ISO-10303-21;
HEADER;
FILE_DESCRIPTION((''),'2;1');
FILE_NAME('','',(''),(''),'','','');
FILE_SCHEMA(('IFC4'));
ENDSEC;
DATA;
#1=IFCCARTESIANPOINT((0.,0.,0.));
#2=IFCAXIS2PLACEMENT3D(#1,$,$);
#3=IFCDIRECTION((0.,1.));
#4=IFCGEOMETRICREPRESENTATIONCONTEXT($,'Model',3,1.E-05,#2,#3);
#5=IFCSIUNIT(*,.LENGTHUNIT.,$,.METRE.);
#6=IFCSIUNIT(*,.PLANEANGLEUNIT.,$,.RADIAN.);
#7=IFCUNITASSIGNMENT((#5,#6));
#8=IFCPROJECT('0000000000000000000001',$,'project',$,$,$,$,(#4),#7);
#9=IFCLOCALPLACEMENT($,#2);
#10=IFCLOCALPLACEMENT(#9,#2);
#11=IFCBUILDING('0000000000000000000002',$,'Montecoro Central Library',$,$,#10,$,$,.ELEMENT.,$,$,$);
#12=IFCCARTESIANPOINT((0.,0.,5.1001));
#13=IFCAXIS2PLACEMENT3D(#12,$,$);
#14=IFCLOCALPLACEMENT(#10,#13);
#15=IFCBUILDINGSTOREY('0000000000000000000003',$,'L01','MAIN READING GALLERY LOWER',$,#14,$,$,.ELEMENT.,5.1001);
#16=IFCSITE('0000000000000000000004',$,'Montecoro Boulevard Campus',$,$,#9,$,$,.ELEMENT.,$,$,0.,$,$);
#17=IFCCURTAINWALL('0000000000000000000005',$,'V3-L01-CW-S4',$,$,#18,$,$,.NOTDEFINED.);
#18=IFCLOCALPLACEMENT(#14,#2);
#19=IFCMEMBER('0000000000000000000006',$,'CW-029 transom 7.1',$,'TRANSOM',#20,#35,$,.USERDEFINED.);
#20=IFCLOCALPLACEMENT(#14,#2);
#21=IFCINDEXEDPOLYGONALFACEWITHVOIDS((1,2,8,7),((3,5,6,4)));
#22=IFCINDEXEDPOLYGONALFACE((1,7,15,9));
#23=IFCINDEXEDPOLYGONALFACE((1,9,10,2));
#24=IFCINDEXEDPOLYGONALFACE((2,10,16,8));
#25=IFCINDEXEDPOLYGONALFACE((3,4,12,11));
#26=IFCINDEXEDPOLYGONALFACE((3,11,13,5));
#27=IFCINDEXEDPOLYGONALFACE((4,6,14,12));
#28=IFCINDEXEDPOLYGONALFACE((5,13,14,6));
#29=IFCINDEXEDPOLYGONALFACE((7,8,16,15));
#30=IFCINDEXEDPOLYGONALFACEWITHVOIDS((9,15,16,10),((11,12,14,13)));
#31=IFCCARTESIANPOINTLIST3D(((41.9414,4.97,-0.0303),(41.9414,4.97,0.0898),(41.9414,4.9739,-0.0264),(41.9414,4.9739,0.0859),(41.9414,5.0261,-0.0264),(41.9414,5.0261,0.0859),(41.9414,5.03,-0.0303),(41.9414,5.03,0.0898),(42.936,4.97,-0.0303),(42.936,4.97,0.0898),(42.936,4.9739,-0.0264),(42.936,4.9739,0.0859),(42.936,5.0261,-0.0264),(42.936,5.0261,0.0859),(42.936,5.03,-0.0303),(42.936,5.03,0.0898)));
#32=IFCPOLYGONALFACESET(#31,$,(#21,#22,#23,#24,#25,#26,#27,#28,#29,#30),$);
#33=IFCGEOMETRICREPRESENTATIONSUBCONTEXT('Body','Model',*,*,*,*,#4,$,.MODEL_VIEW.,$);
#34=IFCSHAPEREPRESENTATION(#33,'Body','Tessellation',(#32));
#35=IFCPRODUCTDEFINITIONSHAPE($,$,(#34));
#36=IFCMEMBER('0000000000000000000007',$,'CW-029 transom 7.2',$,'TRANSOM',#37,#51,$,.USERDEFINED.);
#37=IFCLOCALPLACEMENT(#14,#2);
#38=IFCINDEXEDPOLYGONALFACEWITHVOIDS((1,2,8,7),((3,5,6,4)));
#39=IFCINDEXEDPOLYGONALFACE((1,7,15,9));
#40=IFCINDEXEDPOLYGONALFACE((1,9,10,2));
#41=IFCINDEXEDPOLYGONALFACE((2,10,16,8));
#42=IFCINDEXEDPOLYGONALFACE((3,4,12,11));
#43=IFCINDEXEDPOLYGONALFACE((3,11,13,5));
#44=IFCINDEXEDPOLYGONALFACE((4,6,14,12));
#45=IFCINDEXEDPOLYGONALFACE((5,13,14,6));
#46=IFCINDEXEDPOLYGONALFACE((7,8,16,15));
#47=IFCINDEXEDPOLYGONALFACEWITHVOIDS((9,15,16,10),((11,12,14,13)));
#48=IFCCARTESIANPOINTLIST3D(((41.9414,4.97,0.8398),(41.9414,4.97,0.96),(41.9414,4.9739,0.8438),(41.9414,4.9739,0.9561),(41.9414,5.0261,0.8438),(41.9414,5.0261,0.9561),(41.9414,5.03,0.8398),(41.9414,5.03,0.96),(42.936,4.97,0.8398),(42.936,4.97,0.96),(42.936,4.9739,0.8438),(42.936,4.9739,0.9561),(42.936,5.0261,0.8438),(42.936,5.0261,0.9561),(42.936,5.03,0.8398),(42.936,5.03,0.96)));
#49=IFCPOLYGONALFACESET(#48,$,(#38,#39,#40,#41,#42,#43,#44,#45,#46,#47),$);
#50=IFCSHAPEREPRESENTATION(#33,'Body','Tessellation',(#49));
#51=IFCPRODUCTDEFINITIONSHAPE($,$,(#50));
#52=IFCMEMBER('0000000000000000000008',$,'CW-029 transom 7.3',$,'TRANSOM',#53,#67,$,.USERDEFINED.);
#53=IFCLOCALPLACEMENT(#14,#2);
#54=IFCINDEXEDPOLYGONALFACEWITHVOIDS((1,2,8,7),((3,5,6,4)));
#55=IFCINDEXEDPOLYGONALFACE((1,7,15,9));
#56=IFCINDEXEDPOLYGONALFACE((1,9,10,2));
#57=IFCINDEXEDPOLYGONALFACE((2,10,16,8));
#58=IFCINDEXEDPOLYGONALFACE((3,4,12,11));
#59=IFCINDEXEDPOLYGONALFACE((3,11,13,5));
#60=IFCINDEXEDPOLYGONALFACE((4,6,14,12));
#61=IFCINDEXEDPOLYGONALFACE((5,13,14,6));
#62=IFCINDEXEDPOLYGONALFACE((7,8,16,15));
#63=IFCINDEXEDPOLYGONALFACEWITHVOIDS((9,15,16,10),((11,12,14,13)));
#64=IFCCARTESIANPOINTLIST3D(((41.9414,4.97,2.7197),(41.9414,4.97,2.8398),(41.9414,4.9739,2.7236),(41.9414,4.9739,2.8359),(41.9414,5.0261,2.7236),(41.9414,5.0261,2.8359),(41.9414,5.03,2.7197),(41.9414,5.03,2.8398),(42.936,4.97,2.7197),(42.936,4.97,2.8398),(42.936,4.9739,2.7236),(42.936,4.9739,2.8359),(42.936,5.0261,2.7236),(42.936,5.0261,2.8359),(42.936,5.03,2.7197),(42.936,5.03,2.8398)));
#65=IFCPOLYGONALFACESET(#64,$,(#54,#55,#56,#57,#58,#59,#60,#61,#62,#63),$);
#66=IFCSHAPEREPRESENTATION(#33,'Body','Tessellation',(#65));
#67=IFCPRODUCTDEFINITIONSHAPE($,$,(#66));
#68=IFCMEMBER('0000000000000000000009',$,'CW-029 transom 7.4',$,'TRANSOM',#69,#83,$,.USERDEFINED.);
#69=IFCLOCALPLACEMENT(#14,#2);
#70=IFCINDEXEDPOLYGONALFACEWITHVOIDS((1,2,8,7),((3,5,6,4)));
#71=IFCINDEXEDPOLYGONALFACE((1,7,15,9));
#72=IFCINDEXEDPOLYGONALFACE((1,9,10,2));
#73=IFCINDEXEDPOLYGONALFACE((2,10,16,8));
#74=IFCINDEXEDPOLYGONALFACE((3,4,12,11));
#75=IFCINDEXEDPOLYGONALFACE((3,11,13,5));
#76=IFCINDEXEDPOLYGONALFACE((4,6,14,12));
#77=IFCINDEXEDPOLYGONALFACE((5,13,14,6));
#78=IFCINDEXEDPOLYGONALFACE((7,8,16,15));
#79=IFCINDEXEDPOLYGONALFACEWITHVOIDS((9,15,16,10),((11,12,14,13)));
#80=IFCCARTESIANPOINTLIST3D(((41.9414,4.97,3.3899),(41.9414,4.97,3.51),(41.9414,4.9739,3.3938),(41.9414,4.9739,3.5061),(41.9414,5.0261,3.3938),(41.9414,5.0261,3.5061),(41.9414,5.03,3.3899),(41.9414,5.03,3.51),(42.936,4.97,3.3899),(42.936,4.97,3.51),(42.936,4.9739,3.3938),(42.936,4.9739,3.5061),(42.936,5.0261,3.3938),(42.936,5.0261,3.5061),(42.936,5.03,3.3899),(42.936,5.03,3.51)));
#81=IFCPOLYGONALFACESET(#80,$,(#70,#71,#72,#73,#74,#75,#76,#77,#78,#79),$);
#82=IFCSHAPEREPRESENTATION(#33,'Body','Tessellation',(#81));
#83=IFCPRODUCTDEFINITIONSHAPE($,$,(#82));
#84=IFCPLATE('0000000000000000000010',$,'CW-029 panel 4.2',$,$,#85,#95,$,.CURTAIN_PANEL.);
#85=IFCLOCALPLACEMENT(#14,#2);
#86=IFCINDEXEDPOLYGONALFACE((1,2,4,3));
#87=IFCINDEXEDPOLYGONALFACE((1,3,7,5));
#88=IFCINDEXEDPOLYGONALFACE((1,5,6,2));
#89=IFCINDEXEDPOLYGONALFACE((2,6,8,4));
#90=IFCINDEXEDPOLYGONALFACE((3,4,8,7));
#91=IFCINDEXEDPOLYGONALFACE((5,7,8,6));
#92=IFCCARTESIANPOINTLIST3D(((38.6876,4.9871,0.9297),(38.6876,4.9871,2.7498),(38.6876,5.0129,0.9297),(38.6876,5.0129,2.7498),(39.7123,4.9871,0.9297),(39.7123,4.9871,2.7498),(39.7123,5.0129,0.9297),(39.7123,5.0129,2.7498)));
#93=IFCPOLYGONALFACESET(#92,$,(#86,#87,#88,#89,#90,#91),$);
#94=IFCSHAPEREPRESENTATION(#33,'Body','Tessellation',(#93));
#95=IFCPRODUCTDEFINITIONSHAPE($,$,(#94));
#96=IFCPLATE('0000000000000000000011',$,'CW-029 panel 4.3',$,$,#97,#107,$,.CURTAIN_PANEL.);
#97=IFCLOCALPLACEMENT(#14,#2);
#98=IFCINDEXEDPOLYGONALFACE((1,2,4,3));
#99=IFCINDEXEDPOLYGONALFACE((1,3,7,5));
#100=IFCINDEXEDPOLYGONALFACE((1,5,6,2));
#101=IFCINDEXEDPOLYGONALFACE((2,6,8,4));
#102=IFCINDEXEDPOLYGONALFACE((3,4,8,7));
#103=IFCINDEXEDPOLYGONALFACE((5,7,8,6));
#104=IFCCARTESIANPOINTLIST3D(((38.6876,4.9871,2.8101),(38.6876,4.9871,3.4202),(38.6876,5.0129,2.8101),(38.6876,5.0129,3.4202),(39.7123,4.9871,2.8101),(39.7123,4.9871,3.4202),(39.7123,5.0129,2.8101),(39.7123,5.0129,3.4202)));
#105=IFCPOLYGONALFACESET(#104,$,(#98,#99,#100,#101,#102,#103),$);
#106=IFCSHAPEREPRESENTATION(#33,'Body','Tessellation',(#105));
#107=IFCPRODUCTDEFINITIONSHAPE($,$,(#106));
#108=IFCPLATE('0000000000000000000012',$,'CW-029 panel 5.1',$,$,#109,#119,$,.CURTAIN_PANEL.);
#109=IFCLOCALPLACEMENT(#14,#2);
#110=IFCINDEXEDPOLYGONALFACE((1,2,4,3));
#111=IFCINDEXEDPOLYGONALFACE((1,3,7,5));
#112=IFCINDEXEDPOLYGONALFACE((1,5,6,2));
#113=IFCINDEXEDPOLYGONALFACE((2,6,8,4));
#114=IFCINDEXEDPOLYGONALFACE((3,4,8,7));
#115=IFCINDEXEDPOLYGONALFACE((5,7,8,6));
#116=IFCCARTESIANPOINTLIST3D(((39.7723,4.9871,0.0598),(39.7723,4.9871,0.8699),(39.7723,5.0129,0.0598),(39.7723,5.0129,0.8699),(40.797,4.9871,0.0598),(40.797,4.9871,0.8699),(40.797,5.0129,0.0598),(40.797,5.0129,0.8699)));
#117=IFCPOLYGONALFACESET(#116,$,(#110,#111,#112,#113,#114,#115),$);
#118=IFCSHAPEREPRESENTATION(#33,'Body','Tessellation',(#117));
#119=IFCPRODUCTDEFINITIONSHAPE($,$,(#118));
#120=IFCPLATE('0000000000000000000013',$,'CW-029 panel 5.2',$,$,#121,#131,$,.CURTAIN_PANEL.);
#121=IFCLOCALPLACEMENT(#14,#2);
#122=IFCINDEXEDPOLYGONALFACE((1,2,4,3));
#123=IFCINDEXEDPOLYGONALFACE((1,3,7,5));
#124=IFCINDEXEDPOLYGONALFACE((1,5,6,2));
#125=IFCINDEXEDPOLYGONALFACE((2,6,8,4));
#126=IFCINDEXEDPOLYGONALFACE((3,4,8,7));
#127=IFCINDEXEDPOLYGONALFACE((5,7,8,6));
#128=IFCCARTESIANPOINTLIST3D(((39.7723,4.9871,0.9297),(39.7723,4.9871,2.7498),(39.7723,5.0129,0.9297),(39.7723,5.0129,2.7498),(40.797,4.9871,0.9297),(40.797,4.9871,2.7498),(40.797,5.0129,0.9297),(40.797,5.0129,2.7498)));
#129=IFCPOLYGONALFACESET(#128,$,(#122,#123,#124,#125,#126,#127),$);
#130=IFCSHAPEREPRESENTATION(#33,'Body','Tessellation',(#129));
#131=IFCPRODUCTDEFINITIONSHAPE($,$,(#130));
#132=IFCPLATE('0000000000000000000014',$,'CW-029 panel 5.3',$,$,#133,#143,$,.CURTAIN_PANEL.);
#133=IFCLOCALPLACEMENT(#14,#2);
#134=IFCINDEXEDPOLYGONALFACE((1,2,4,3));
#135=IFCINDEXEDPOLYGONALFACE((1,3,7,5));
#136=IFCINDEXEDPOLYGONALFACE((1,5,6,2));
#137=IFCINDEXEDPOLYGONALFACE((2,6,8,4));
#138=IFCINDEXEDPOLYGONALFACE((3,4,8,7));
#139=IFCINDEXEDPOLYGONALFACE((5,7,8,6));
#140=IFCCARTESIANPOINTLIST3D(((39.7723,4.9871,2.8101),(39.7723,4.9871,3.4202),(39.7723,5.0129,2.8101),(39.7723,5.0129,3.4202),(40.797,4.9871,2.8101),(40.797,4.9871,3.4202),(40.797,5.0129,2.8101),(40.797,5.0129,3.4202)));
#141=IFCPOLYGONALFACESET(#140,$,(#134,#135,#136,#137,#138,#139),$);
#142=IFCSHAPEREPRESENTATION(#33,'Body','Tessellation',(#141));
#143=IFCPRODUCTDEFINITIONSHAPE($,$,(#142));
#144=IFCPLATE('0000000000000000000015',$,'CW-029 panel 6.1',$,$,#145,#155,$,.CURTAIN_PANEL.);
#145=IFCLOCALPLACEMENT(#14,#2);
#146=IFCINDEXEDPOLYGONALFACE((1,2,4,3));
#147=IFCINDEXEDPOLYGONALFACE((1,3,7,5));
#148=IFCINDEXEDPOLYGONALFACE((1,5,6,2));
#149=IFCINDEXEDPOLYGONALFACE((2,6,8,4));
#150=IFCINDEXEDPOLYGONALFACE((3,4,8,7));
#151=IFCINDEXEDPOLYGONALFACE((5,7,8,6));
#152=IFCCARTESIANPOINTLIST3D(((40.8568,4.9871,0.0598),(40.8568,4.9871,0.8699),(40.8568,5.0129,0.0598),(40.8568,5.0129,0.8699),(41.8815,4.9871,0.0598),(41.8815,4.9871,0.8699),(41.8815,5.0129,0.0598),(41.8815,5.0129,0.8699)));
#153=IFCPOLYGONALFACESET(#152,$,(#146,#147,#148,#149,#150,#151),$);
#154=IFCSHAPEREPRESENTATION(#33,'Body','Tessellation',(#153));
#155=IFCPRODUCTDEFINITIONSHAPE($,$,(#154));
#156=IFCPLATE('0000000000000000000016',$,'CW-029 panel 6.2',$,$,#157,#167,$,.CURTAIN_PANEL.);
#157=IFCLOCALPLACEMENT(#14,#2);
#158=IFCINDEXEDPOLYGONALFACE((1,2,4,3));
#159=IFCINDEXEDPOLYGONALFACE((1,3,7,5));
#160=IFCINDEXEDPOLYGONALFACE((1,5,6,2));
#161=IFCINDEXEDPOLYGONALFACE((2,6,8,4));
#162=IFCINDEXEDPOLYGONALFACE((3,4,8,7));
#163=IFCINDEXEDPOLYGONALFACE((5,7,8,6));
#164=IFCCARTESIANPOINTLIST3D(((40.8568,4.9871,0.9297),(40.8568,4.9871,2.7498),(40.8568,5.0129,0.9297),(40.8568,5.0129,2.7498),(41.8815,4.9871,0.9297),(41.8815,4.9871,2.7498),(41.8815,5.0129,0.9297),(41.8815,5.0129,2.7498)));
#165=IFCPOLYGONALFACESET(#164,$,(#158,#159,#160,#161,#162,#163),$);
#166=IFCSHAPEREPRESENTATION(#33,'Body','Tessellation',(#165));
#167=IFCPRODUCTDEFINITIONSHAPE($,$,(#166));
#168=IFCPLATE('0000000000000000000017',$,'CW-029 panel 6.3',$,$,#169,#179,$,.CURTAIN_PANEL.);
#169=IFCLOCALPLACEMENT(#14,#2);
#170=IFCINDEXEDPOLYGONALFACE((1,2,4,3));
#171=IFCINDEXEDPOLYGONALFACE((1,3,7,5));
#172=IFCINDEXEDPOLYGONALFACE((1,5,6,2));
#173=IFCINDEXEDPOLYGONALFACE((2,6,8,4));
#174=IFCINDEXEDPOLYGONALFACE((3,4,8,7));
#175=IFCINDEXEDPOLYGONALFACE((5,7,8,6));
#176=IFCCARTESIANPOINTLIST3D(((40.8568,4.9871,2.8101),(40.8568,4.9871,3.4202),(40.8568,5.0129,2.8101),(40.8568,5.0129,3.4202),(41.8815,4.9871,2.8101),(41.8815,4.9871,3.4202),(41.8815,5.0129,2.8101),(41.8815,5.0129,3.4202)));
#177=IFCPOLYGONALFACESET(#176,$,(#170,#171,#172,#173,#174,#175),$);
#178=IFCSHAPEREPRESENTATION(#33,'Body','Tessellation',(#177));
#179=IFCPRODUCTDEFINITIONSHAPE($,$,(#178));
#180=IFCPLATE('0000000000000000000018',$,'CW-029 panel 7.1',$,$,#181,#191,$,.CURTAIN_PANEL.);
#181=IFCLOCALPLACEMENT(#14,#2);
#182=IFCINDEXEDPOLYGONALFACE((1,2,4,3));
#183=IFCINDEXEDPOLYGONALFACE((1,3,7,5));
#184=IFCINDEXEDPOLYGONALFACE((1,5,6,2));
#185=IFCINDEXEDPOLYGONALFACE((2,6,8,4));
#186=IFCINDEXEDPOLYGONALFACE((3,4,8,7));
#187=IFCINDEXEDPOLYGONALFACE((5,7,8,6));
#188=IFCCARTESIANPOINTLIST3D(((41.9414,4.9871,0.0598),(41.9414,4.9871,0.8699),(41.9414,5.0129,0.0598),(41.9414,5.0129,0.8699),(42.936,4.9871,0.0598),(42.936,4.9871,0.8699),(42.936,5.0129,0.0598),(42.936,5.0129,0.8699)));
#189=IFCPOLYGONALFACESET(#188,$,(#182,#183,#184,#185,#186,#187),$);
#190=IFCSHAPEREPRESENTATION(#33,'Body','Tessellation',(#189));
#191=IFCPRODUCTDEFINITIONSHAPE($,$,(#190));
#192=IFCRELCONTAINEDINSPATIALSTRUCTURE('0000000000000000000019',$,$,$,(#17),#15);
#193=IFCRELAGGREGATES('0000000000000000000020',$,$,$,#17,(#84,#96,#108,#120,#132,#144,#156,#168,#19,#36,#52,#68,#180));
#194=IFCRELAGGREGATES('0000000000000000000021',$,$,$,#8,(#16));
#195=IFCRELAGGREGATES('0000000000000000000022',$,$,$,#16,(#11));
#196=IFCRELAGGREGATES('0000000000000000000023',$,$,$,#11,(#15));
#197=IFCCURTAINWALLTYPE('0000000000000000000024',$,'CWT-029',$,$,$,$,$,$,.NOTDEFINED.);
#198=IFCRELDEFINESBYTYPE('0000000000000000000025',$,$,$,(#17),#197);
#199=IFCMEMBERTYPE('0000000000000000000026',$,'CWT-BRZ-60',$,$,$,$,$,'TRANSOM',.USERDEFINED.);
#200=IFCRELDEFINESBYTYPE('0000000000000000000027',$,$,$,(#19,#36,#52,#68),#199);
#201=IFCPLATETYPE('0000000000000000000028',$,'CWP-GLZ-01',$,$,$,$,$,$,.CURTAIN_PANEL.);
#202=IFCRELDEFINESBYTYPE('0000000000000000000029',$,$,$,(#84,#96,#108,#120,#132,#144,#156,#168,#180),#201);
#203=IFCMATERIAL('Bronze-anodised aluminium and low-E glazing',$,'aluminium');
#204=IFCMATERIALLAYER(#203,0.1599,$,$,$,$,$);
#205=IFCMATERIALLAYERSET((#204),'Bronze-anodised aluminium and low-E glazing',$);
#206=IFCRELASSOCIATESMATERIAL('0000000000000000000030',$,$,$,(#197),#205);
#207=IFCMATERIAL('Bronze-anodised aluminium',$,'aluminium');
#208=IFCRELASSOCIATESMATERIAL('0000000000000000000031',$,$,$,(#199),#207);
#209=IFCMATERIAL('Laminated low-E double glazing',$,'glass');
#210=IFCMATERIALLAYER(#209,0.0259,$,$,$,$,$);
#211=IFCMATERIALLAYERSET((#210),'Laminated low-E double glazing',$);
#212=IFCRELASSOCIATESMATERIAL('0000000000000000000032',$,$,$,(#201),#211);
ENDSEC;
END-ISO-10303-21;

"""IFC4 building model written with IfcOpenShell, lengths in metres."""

from ifc_helpers import new_model, si_unit, direction, frame, origin, origin_2d, place, context, subcontext, project, spatial, rectangle, hollow_rectangle, extrude, material, layer, layer_set, material_profile, profile_set, type_object, element, aggregate, save


model = new_model("IFC4")

# Units and contexts
model_context = context("Model", 3, precision=1e-05, world=origin(), true_north=direction((0.0, 1.0)))
body_context = subcontext(model_context, "Body", "Model", "MODEL_VIEW")
ifc_project = project(units=[si_unit("LENGTHUNIT", "METRE"), si_unit("PLANEANGLEUNIT", "RADIAN")], contexts=[model_context])

# Site, building, storey
site_placement = place(None, origin())
site = spatial("IfcSite", under=ifc_project, at=site_placement, Name="Montecoro Boulevard Campus", CompositionType="ELEMENT", RefElevation=0.0)
building_placement = place(site_placement, origin())
building = spatial("IfcBuilding", under=site, at=building_placement, Name="Montecoro Central Library", CompositionType="ELEMENT")
storey_placement = place(building_placement, frame((0.0, 0.0, 5.1001)))
storey = spatial("IfcBuildingStorey", under=building, at=storey_placement, Name="L01", Description="MAIN READING GALLERY LOWER", CompositionType="ELEMENT", Elevation=5.1001)

# Curtain wall, members, plates
ifc_material_1 = material(Name="Bronze-anodised aluminium and low-E glazing", Category="aluminium")
ifc_layer_1 = layer(ifc_material_1, 0.1599)
ifc_layer_set_1 = layer_set([ifc_layer_1], Name="Bronze-anodised aluminium and low-E glazing")
curtain_wall_type = type_object("IfcCurtainWallType", Name="CWT-029", PredefinedType="NOTDEFINED", material=ifc_layer_set_1)
curtain_wall_placement = place(storey_placement, origin())
curtain_wall = element("IfcCurtainWall", 1, at=curtain_wall_placement, inside=storey, type_object=curtain_wall_type, Name="V3-L01-CW-S4", PredefinedType="NOTDEFINED")
ifc_material_2 = material(Name="Bronze-anodised aluminium", Category="aluminium")
ifc_material_profile_1 = material_profile(ifc_material_2, hollow_rectangle(XDim=0.0601, YDim=0.1201, WallThickness=0.0039, at=origin_2d()), Name="CWT 120x60x4.0")
ifc_profile_set_1 = profile_set([ifc_material_profile_1], Name="Bronze-anodised aluminium")
member_type_1 = type_object("IfcMemberType", Name="CWT-BRZ-60", ElementType="TRANSOM", PredefinedType="USERDEFINED", material=ifc_profile_set_1)
member_1_placement = place(storey_placement, frame((41.9414, 5.0, 0.0298), z_axis=(1.0, 0.0, 0.0), x_axis=(0.0, 1.0, 0.0)))
member_1 = element("IfcMember", 2, at=member_1_placement, type_object=member_type_1, Name="CW-029 transom 7.1", ObjectType="TRANSOM", PredefinedType="USERDEFINED", context=body_context, shape_type="SweptSolid", body=[
    extrude(hollow_rectangle(XDim=0.0601, YDim=0.1201, WallThickness=0.0039, at=origin_2d()), origin(), (0.0, 0.0, 1.0), 0.9946),
])
member_2_placement = place(storey_placement, frame((41.9414, 5.0, 0.8999), z_axis=(1.0, 0.0, 0.0), x_axis=(0.0, 1.0, 0.0)))
member_2 = element("IfcMember", 3, at=member_2_placement, type_object=member_type_1, Name="CW-029 transom 7.2", ObjectType="TRANSOM", PredefinedType="USERDEFINED", context=body_context, shape_type="SweptSolid", body=[
    extrude(hollow_rectangle(XDim=0.0601, YDim=0.1201, WallThickness=0.0039, at=origin_2d()), origin(), (0.0, 0.0, 1.0), 0.9946),
])
member_3_placement = place(storey_placement, frame((41.9414, 5.0, 2.7798), z_axis=(1.0, 0.0, 0.0), x_axis=(0.0, 1.0, 0.0)))
member_3 = element("IfcMember", 4, at=member_3_placement, type_object=member_type_1, Name="CW-029 transom 7.3", ObjectType="TRANSOM", PredefinedType="USERDEFINED", context=body_context, shape_type="SweptSolid", body=[
    extrude(hollow_rectangle(XDim=0.0601, YDim=0.1201, WallThickness=0.0039, at=origin_2d()), origin(), (0.0, 0.0, 1.0), 0.9946),
])
member_4_placement = place(storey_placement, frame((41.9414, 5.0, 3.45), z_axis=(1.0, 0.0, 0.0), x_axis=(0.0, 1.0, 0.0)))
member_4 = element("IfcMember", 5, at=member_4_placement, type_object=member_type_1, Name="CW-029 transom 7.4", ObjectType="TRANSOM", PredefinedType="USERDEFINED", context=body_context, shape_type="SweptSolid", body=[
    extrude(hollow_rectangle(XDim=0.0601, YDim=0.1201, WallThickness=0.0039, at=origin_2d()), origin(), (0.0, 0.0, 1.0), 0.9946),
])
ifc_material_3 = material(Name="Laminated low-E double glazing", Category="glass")
ifc_layer_2 = layer(ifc_material_3, 0.0259)
ifc_layer_set_2 = layer_set([ifc_layer_2], Name="Laminated low-E double glazing")
plate_type = type_object("IfcPlateType", Name="CWP-GLZ-01", PredefinedType="CURTAIN_PANEL", material=ifc_layer_set_2)
plate_1_placement = place(storey_placement, frame((39.2, 5.0, 0.9297), z_axis=(0.0, 0.0, 1.0), x_axis=(1.0, 0.0, 0.0)))
plate_1 = element("IfcPlate", 6, at=plate_1_placement, type_object=plate_type, Name="CW-029 panel 4.2", PredefinedType="CURTAIN_PANEL", context=body_context, shape_type="SweptSolid", body=[
    extrude(rectangle(XDim=1.0247, YDim=0.0259, at=origin_2d()), origin(), (0.0, 0.0, 1.0), 1.8201),
])
plate_2_placement = place(storey_placement, frame((39.2, 5.0, 2.8101), z_axis=(0.0, 0.0, 1.0), x_axis=(1.0, 0.0, 0.0)))
plate_2 = element("IfcPlate", 7, at=plate_2_placement, type_object=plate_type, Name="CW-029 panel 4.3", PredefinedType="CURTAIN_PANEL", context=body_context, shape_type="SweptSolid", body=[
    extrude(rectangle(XDim=1.0247, YDim=0.0259, at=origin_2d()), origin(), (0.0, 0.0, 1.0), 0.6101),
])
plate_3_placement = place(storey_placement, frame((40.2847, 5.0, 0.0598), z_axis=(0.0, 0.0, 1.0), x_axis=(1.0, 0.0, 0.0)))
plate_3 = element("IfcPlate", 8, at=plate_3_placement, type_object=plate_type, Name="CW-029 panel 5.1", PredefinedType="CURTAIN_PANEL", context=body_context, shape_type="SweptSolid", body=[
    extrude(rectangle(XDim=1.0247, YDim=0.0259, at=origin_2d()), origin(), (0.0, 0.0, 1.0), 0.8101),
])
plate_4_placement = place(storey_placement, frame((40.2847, 5.0, 0.9297), z_axis=(0.0, 0.0, 1.0), x_axis=(1.0, 0.0, 0.0)))
plate_4 = element("IfcPlate", 9, at=plate_4_placement, type_object=plate_type, Name="CW-029 panel 5.2", PredefinedType="CURTAIN_PANEL", context=body_context, shape_type="SweptSolid", body=[
    extrude(rectangle(XDim=1.0247, YDim=0.0259, at=origin_2d()), origin(), (0.0, 0.0, 1.0), 1.8201),
])
plate_5_placement = place(storey_placement, frame((40.2847, 5.0, 2.8101), z_axis=(0.0, 0.0, 1.0), x_axis=(1.0, 0.0, 0.0)))
plate_5 = element("IfcPlate", 10, at=plate_5_placement, type_object=plate_type, Name="CW-029 panel 5.3", PredefinedType="CURTAIN_PANEL", context=body_context, shape_type="SweptSolid", body=[
    extrude(rectangle(XDim=1.0247, YDim=0.0259, at=origin_2d()), origin(), (0.0, 0.0, 1.0), 0.6101),
])
plate_6_placement = place(storey_placement, frame((41.3691, 5.0, 0.0598), z_axis=(0.0, 0.0, 1.0), x_axis=(1.0, 0.0, 0.0)))
plate_6 = element("IfcPlate", 11, at=plate_6_placement, type_object=plate_type, Name="CW-029 panel 6.1", PredefinedType="CURTAIN_PANEL", context=body_context, shape_type="SweptSolid", body=[
    extrude(rectangle(XDim=1.0247, YDim=0.0259, at=origin_2d()), origin(), (0.0, 0.0, 1.0), 0.8101),
])
plate_7_placement = place(storey_placement, frame((41.3691, 5.0, 0.9297), z_axis=(0.0, 0.0, 1.0), x_axis=(1.0, 0.0, 0.0)))
plate_7 = element("IfcPlate", 12, at=plate_7_placement, type_object=plate_type, Name="CW-029 panel 6.2", PredefinedType="CURTAIN_PANEL", context=body_context, shape_type="SweptSolid", body=[
    extrude(rectangle(XDim=1.0247, YDim=0.0259, at=origin_2d()), origin(), (0.0, 0.0, 1.0), 1.8201),
])
plate_8_placement = place(storey_placement, frame((41.3691, 5.0, 2.8101), z_axis=(0.0, 0.0, 1.0), x_axis=(1.0, 0.0, 0.0)))
plate_8 = element("IfcPlate", 13, at=plate_8_placement, type_object=plate_type, Name="CW-029 panel 6.3", PredefinedType="CURTAIN_PANEL", context=body_context, shape_type="SweptSolid", body=[
    extrude(rectangle(XDim=1.0247, YDim=0.0259, at=origin_2d()), origin(), (0.0, 0.0, 1.0), 0.6101),
])
plate_9_placement = place(storey_placement, frame((42.4387, 5.0, 0.0598), z_axis=(0.0, 0.0, 1.0), x_axis=(1.0, 0.0, 0.0)))
plate_9 = element("IfcPlate", 14, at=plate_9_placement, type_object=plate_type, Name="CW-029 panel 7.1", PredefinedType="CURTAIN_PANEL", context=body_context, shape_type="SweptSolid", body=[
    extrude(rectangle(XDim=0.9946, YDim=0.0259, at=origin_2d()), origin(), (0.0, 0.0, 1.0), 0.8101),
])
aggregate(curtain_wall, [plate_1, plate_2, plate_3, plate_4, plate_5, plate_6, plate_7, plate_8, member_1, member_2, member_3, member_4, plate_9])

save(model, "model.ifc")
